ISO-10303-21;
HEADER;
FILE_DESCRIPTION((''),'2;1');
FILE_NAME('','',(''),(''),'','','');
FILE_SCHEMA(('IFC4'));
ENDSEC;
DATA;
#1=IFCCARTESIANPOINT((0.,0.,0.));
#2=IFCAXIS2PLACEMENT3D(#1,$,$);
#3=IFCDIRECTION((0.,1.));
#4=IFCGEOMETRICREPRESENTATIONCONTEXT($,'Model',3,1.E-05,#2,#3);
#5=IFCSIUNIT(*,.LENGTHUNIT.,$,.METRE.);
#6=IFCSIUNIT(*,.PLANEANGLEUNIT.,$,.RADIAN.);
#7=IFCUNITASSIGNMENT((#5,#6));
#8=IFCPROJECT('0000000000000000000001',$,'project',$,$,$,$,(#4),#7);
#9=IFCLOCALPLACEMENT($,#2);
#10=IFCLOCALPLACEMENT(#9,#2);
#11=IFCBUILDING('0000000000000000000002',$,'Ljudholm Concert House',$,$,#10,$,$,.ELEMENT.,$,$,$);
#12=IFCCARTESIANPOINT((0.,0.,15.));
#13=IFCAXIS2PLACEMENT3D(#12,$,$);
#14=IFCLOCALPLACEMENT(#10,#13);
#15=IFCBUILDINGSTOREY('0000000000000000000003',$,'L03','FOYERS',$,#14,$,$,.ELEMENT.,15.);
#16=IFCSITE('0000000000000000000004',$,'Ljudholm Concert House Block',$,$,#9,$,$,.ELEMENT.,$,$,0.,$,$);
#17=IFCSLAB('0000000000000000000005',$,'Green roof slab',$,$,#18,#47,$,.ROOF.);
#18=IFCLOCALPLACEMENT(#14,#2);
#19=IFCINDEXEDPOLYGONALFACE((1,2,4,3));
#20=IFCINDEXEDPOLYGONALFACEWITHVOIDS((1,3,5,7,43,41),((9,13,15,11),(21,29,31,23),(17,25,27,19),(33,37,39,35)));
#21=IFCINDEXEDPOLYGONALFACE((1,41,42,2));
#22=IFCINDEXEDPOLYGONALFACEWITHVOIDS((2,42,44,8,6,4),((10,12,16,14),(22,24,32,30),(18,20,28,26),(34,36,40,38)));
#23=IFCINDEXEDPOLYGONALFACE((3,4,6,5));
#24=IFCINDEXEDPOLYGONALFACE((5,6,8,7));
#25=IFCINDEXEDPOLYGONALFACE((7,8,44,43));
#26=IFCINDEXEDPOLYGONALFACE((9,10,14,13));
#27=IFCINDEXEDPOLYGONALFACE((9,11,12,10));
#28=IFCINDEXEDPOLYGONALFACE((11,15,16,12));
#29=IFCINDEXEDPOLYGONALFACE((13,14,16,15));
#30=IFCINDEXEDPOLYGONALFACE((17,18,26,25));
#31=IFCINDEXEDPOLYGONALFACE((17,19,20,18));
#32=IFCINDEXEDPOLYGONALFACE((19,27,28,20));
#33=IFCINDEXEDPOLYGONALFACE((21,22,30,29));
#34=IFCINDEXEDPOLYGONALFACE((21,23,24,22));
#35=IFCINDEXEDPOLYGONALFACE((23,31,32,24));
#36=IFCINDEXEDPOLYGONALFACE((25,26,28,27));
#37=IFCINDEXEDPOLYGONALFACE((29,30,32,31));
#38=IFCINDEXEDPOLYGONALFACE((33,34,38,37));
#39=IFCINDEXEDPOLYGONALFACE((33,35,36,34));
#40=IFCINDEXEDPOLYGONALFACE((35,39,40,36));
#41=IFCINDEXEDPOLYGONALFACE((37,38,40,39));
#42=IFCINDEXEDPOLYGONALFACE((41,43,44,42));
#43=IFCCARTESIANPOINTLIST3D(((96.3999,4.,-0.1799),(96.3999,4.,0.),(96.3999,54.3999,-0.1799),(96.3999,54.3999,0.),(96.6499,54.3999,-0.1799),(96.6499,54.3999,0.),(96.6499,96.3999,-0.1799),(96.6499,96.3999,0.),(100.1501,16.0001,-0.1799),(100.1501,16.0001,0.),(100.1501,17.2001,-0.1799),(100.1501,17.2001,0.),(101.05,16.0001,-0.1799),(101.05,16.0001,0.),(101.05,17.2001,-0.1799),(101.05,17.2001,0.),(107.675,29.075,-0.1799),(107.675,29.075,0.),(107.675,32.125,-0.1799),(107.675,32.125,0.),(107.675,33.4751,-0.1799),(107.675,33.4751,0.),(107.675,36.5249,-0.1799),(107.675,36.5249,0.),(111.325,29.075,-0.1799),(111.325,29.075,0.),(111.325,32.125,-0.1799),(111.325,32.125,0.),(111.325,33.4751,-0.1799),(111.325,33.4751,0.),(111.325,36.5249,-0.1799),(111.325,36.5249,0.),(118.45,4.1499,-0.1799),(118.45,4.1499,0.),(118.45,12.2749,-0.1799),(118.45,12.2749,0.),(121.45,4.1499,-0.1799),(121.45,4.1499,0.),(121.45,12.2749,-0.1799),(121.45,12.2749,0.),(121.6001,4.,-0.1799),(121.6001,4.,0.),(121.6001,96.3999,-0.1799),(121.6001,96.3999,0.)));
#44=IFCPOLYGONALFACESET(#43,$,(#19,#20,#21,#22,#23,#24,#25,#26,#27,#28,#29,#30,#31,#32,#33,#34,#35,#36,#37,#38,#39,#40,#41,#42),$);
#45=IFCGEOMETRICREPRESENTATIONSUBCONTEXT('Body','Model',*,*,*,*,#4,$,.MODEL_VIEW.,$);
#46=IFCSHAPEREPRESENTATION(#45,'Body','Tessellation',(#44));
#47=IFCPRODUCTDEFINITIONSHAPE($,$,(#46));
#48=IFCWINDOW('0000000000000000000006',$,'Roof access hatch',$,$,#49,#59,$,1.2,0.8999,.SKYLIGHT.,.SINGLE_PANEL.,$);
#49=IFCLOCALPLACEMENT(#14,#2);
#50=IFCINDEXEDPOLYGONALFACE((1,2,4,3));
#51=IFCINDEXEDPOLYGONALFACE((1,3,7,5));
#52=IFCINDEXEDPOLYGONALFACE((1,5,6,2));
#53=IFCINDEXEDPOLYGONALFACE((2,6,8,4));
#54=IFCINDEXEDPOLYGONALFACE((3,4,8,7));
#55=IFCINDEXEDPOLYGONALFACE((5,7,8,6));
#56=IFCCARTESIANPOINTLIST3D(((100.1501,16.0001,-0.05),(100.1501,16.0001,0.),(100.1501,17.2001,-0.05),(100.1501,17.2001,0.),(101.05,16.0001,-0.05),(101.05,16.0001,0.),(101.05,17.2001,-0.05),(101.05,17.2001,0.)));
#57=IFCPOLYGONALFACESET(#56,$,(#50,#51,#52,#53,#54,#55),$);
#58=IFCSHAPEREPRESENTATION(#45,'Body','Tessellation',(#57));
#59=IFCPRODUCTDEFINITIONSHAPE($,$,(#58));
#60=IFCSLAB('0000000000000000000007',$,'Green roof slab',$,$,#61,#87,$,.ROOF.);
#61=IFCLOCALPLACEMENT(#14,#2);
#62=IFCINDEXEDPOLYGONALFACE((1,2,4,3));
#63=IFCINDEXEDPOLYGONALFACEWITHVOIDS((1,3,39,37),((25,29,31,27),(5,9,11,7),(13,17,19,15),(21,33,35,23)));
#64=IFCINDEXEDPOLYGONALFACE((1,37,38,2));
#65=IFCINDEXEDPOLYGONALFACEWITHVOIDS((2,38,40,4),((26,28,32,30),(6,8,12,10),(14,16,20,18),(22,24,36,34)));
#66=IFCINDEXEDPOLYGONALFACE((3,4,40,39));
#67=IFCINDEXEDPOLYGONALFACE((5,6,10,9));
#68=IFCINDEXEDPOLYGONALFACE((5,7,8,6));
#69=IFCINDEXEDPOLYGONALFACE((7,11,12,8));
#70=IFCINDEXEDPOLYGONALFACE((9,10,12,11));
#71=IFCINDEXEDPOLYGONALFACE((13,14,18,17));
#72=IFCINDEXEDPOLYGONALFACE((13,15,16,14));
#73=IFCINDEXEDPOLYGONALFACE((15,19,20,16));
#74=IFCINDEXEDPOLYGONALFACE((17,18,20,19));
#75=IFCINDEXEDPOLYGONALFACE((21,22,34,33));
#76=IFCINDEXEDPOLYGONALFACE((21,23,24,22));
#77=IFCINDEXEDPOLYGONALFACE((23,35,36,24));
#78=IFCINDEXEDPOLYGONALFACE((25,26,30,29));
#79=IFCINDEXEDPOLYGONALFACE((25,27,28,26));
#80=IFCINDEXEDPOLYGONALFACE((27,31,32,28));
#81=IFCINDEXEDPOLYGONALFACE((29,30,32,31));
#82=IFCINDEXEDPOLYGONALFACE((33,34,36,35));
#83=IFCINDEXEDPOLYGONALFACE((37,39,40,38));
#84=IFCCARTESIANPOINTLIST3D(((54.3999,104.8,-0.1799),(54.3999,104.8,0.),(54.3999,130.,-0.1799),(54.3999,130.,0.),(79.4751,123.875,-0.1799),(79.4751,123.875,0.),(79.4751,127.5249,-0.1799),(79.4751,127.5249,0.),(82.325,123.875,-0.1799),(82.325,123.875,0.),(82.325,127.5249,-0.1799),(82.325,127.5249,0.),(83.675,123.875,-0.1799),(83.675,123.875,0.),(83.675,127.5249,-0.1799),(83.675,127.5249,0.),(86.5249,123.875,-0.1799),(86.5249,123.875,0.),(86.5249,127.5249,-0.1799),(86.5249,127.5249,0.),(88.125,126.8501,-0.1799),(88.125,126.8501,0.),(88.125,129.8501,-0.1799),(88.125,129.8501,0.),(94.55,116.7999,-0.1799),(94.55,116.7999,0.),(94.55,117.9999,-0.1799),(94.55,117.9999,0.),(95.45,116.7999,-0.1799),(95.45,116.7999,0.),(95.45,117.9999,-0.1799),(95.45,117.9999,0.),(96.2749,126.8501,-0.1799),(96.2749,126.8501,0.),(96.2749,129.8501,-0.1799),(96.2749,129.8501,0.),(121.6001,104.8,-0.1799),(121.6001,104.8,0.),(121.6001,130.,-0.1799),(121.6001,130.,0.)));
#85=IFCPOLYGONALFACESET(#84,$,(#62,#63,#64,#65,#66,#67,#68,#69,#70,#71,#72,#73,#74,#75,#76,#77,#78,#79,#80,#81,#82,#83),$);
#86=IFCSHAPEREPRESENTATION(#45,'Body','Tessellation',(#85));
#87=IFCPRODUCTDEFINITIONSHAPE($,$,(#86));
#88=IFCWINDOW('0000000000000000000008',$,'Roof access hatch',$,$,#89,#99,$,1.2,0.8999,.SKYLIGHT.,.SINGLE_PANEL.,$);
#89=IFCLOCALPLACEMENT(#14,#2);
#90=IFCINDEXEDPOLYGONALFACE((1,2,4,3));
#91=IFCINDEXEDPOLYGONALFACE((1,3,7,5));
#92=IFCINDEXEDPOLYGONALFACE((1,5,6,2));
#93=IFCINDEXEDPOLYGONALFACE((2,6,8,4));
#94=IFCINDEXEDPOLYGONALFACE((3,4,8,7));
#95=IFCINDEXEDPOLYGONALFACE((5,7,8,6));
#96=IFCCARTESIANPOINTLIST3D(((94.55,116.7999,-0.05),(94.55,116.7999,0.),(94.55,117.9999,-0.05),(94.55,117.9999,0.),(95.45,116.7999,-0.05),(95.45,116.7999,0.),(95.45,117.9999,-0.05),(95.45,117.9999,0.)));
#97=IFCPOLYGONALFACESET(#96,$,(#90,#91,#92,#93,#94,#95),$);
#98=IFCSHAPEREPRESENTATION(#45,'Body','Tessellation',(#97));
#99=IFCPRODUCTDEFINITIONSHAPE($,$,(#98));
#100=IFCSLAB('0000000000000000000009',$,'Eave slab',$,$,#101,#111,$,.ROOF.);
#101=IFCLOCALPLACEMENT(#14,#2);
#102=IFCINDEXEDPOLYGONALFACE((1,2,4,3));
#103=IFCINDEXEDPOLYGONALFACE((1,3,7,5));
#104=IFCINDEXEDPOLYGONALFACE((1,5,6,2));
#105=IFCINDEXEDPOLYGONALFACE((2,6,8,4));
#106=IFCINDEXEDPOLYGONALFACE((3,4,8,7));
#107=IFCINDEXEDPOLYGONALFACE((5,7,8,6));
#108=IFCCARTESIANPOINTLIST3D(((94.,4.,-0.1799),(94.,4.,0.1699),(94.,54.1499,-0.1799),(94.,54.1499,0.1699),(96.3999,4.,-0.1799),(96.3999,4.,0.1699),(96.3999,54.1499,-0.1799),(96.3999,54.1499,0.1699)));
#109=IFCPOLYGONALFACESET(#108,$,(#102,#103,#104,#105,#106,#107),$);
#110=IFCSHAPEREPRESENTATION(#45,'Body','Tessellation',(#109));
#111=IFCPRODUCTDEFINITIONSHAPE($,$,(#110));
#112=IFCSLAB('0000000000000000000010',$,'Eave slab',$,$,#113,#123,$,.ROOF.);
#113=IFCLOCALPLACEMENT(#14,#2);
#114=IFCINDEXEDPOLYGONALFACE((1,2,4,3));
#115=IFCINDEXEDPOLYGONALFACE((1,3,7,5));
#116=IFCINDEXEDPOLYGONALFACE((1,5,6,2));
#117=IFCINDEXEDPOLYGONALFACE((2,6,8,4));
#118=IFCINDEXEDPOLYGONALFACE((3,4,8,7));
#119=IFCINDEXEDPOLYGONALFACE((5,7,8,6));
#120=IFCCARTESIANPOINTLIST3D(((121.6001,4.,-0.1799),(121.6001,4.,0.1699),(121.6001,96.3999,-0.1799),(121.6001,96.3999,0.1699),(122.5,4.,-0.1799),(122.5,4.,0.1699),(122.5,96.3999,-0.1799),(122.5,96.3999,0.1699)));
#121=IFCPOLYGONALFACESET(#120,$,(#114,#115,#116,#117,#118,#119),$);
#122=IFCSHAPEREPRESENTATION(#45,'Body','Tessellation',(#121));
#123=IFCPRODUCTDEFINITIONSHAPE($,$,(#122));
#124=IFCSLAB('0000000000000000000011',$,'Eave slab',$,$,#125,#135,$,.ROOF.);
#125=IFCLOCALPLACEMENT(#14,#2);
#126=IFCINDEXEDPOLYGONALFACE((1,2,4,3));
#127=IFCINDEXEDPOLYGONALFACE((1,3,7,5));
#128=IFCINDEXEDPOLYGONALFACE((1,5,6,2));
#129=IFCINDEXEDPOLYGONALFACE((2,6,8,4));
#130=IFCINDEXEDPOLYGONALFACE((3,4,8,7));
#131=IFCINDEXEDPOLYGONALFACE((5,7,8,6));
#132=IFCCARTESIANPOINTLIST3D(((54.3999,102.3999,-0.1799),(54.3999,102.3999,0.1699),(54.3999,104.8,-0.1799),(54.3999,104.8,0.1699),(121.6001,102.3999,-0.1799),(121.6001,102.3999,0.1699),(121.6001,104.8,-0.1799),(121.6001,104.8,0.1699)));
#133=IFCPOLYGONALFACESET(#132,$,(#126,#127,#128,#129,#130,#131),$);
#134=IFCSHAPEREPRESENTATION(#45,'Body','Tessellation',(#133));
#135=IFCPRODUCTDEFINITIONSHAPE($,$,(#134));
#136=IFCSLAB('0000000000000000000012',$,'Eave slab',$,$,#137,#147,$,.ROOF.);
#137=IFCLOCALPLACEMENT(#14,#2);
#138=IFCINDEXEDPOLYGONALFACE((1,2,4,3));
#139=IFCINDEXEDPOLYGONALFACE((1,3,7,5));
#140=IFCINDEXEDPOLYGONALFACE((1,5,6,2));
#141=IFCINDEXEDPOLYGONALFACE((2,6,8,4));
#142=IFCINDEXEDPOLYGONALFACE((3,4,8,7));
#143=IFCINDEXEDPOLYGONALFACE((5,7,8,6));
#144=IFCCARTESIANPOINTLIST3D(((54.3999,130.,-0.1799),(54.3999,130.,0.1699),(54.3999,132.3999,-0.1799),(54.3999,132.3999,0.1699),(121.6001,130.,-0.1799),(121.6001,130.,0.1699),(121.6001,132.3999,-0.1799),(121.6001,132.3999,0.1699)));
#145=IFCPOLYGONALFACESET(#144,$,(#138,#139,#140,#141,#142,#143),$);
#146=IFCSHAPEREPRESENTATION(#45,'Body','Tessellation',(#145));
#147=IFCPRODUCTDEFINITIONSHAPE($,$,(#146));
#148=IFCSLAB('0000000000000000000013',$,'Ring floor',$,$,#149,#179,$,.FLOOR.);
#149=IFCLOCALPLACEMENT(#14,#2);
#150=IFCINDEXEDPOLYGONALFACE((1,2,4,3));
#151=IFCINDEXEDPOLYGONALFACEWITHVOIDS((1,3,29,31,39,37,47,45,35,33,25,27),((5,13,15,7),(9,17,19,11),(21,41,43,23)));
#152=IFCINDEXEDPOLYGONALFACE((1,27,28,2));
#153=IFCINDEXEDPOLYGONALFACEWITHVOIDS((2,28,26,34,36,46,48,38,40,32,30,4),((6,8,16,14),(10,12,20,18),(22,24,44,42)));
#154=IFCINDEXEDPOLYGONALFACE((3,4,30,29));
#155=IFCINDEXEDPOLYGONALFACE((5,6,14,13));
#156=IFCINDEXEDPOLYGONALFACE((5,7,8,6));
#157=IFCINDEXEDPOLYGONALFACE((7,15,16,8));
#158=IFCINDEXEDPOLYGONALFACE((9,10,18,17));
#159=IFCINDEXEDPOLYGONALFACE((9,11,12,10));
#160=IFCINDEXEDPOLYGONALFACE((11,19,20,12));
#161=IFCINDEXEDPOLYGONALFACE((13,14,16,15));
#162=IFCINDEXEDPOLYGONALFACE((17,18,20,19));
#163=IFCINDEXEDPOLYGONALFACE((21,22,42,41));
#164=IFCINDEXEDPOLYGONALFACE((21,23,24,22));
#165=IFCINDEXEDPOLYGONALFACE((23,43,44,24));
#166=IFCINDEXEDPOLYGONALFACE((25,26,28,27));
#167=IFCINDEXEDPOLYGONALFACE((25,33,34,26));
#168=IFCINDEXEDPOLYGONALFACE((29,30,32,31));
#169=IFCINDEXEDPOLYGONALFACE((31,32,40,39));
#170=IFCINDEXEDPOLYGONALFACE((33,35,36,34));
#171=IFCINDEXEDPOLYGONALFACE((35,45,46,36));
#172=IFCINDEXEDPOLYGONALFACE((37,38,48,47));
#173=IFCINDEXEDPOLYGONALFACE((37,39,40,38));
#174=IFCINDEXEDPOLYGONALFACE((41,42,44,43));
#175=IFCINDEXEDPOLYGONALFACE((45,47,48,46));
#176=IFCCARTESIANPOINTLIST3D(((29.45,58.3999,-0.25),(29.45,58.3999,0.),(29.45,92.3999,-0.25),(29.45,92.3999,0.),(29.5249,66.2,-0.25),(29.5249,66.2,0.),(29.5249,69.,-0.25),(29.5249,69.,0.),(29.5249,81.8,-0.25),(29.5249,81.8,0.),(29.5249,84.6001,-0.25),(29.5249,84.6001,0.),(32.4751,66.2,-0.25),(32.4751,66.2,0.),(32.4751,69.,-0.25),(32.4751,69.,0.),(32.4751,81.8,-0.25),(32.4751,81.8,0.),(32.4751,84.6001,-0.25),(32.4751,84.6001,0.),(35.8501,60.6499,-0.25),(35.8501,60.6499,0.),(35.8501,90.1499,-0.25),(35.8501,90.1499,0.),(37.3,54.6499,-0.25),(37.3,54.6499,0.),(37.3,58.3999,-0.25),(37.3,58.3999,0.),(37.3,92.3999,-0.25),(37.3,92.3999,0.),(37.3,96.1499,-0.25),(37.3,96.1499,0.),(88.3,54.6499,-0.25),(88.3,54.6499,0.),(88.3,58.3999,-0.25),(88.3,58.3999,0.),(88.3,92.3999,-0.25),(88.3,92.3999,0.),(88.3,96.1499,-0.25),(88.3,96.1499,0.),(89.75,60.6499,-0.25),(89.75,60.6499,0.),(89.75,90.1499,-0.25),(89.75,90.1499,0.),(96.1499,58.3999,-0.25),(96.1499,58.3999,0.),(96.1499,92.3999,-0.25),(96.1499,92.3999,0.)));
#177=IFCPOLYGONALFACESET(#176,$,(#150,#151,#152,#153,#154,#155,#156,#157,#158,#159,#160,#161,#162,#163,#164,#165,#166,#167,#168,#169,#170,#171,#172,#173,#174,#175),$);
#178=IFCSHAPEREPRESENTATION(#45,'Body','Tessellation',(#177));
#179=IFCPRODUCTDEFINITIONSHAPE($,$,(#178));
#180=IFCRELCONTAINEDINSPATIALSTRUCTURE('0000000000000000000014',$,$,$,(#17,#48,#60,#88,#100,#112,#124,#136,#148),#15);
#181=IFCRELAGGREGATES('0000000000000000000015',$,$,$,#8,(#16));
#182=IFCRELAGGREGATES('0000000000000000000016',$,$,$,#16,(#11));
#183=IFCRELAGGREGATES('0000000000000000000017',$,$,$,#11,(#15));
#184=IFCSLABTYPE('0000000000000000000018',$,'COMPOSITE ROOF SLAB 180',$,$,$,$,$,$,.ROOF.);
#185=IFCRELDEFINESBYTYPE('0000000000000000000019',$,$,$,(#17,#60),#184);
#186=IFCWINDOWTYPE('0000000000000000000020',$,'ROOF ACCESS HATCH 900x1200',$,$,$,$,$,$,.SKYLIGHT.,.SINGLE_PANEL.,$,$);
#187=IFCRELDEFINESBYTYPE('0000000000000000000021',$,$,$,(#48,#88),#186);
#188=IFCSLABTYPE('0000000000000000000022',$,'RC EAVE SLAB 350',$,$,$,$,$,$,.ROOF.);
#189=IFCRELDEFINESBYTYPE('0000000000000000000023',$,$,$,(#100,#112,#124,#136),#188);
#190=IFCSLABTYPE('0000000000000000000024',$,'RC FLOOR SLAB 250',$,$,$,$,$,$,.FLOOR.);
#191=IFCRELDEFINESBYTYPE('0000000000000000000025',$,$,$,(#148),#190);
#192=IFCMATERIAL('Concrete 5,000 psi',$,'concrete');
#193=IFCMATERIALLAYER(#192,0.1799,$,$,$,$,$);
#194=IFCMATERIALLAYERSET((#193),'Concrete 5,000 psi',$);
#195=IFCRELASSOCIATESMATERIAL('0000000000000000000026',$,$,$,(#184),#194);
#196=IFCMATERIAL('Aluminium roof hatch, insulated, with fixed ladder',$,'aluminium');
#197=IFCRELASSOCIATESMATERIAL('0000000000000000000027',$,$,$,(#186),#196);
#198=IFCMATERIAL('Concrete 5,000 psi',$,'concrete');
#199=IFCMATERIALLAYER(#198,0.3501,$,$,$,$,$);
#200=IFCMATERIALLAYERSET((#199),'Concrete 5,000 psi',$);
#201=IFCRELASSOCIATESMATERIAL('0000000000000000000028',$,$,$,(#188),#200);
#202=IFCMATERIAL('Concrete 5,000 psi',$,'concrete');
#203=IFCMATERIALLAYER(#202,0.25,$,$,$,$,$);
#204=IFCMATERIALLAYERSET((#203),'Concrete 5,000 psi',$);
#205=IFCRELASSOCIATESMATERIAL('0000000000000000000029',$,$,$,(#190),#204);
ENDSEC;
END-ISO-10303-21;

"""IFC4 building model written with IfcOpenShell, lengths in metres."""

from ifc_helpers import new_model, si_unit, direction, frame, origin, origin_2d, place, context, subcontext, project, spatial, polyline, rectangle, outline, extrude, material, layer, layer_set, type_object, element, fill, save


model = new_model("IFC4")

# Units and contexts
model_context = context("Model", 3, precision=1e-05, world=origin(), true_north=direction((0.0, 1.0)))
body_context = subcontext(model_context, "Body", "Model", "MODEL_VIEW")
ifc_project = project(units=[si_unit("LENGTHUNIT", "METRE"), si_unit("PLANEANGLEUNIT", "RADIAN")], contexts=[model_context])

# Site, building, storey
site_placement = place(None, origin())
site = spatial("IfcSite", under=ifc_project, at=site_placement, Name="Ljudholm Concert House Block", CompositionType="ELEMENT", RefElevation=0.0)
building_placement = place(site_placement, origin())
building = spatial("IfcBuilding", under=site, at=building_placement, Name="Ljudholm Concert House", CompositionType="ELEMENT")
storey_placement = place(building_placement, frame((0.0, 0.0, 15.0)))
storey = spatial("IfcBuildingStorey", under=building, at=storey_placement, Name="L03", Description="FOYERS", CompositionType="ELEMENT", Elevation=15.0)

# Slabs, openings, windows
ifc_material_1 = material(Name="Concrete 5,000 psi", Category="concrete")
ifc_layer_1 = layer(ifc_material_1, 0.1799)
ifc_layer_set_1 = layer_set([ifc_layer_1], Name="Concrete 5,000 psi")
slab_type_1 = type_object("IfcSlabType", Name="COMPOSITE ROOF SLAB 180", PredefinedType="ROOF", material=ifc_layer_set_1)
slab_1_placement = place(storey_placement, frame((0.0, 0.0, -0.1799)))
slab_1 = element("IfcSlab", 1, at=slab_1_placement, inside=storey, type_object=slab_type_1, Name="Green roof slab", PredefinedType="ROOF", context=body_context, shape_type="SweptSolid", body=[
    extrude(outline(polyline([(96.3999, 54.3999), (96.6499, 54.3999), (96.6499, 96.3999), (121.6001, 96.3999), (121.6001, 4.0), (96.3999, 4.0), (96.3999, 54.3999)]), holes=[polyline([(118.45, 4.1499), (121.45, 4.1499), (121.45, 12.2749), (118.45, 12.2749), (118.45, 4.1499)]), polyline([(107.675, 32.125), (107.675, 29.075), (111.325, 29.075), (111.325, 32.125), (107.675, 32.125)]), polyline([(107.675, 36.5249), (107.675, 33.4751), (111.325, 33.4751), (111.325, 36.5249), (107.675, 36.5249)])]), origin(), (0.0, 0.0, 1.0), 0.1799),
])
opening_1_placement = place(slab_1_placement, frame((100.6001, 16.6001, 0.0)))
opening_1 = element("IfcOpeningElement", 2, at=opening_1_placement, cuts=slab_1, PredefinedType="OPENING", context=body_context, shape_type="SweptSolid", body=[
    extrude(rectangle(XDim=0.8999, YDim=1.2, at=origin_2d()), frame((0.0, 0.0, -0.01)), (0.0, 0.0, 1.0), 0.2),
])
ifc_material_2 = material(Name="Aluminium roof hatch, insulated, with fixed ladder", Category="aluminium")
window_type = type_object("IfcWindowType", Name="ROOF ACCESS HATCH 900x1200", PartitioningType="SINGLE_PANEL", PredefinedType="SKYLIGHT", material=ifc_material_2)
window_1_placement = place(opening_1_placement, frame((0.0, 0.0, 0.1299)))
window_1 = element("IfcWindow", 3, at=window_1_placement, inside=storey, type_object=window_type, Name="Roof access hatch", OverallHeight=1.2, OverallWidth=0.8999, PartitioningType="SINGLE_PANEL", PredefinedType="SKYLIGHT", context=body_context, shape_type="SweptSolid", body=[
    extrude(rectangle(XDim=0.8999, YDim=1.2, at=origin_2d()), origin(), (0.0, 0.0, 1.0), 0.05),
])
fill(opening_1, window_1)
slab_2_placement = place(storey_placement, frame((0.0, 0.0, -0.1799)))
slab_2 = element("IfcSlab", 4, at=slab_2_placement, inside=storey, type_object=slab_type_1, Name="Green roof slab", PredefinedType="ROOF", context=body_context, shape_type="SweptSolid", body=[
    extrude(outline(polyline([(54.3999, 130.0), (121.6001, 130.0), (121.6001, 104.8), (54.3999, 104.8), (54.3999, 130.0)]), holes=[polyline([(79.4751, 123.875), (82.325, 123.875), (82.325, 127.5249), (79.4751, 127.5249), (79.4751, 123.875)]), polyline([(83.675, 127.5249), (83.675, 123.875), (86.5249, 123.875), (86.5249, 127.5249), (83.675, 127.5249)]), polyline([(88.125, 129.8501), (88.125, 126.8501), (96.2749, 126.8501), (96.2749, 129.8501), (88.125, 129.8501)])]), origin(), (0.0, 0.0, 1.0), 0.1799),
])
opening_2_placement = place(slab_2_placement, frame((95.0, 117.3999, 0.0)))
opening_2 = element("IfcOpeningElement", 5, at=opening_2_placement, cuts=slab_2, PredefinedType="OPENING", context=body_context, shape_type="SweptSolid", body=[
    extrude(rectangle(XDim=0.8999, YDim=1.2, at=origin_2d()), frame((0.0, 0.0, -0.01)), (0.0, 0.0, 1.0), 0.2),
])
window_2_placement = place(opening_2_placement, frame((0.0, 0.0, 0.1299)))
window_2 = element("IfcWindow", 6, at=window_2_placement, inside=storey, type_object=window_type, Name="Roof access hatch", OverallHeight=1.2, OverallWidth=0.8999, PartitioningType="SINGLE_PANEL", PredefinedType="SKYLIGHT", context=body_context, shape_type="SweptSolid", body=[
    extrude(rectangle(XDim=0.8999, YDim=1.2, at=origin_2d()), origin(), (0.0, 0.0, 1.0), 0.05),
])
fill(opening_2, window_2)

# Slabs
ifc_material_3 = material(Name="Concrete 5,000 psi", Category="concrete")
ifc_layer_2 = layer(ifc_material_3, 0.3501)
ifc_layer_set_2 = layer_set([ifc_layer_2], Name="Concrete 5,000 psi")
slab_type_2 = type_object("IfcSlabType", Name="RC EAVE SLAB 350", PredefinedType="ROOF", material=ifc_layer_set_2)
slab_3_placement = place(storey_placement, frame((0.0, 0.0, -0.1799)))
element("IfcSlab", 7, at=slab_3_placement, inside=storey, type_object=slab_type_2, Name="Eave slab", PredefinedType="ROOF", context=body_context, shape_type="SweptSolid", body=[
    extrude(outline(polyline([(94.0, 4.0), (96.3999, 4.0), (96.3999, 54.1499), (94.0, 54.1499), (94.0, 4.0)])), origin(), (0.0, 0.0, 1.0), 0.3499),
])
slab_4_placement = place(storey_placement, frame((0.0, 0.0, -0.1799)))
element("IfcSlab", 8, at=slab_4_placement, inside=storey, type_object=slab_type_2, Name="Eave slab", PredefinedType="ROOF", context=body_context, shape_type="SweptSolid", body=[
    extrude(outline(polyline([(121.6001, 4.0), (122.5, 4.0), (122.5, 96.3999), (121.6001, 96.3999), (121.6001, 4.0)])), origin(), (0.0, 0.0, 1.0), 0.3499),
])
slab_5_placement = place(storey_placement, frame((0.0, 0.0, -0.1799)))
element("IfcSlab", 9, at=slab_5_placement, inside=storey, type_object=slab_type_2, Name="Eave slab", PredefinedType="ROOF", context=body_context, shape_type="SweptSolid", body=[
    extrude(outline(polyline([(54.3999, 102.3999), (121.6001, 102.3999), (121.6001, 104.8), (54.3999, 104.8), (54.3999, 102.3999)])), origin(), (0.0, 0.0, 1.0), 0.3499),
])
slab_6_placement = place(storey_placement, frame((0.0, 0.0, -0.1799)))
element("IfcSlab", 10, at=slab_6_placement, inside=storey, type_object=slab_type_2, Name="Eave slab", PredefinedType="ROOF", context=body_context, shape_type="SweptSolid", body=[
    extrude(outline(polyline([(54.3999, 130.0), (121.6001, 130.0), (121.6001, 132.3999), (54.3999, 132.3999), (54.3999, 130.0)])), origin(), (0.0, 0.0, 1.0), 0.3499),
])
ifc_material_4 = material(Name="Concrete 5,000 psi", Category="concrete")
ifc_layer_3 = layer(ifc_material_4, 0.25)
ifc_layer_set_3 = layer_set([ifc_layer_3], Name="Concrete 5,000 psi")
slab_type_3 = type_object("IfcSlabType", Name="RC FLOOR SLAB 250", PredefinedType="FLOOR", material=ifc_layer_set_3)
slab_7_placement = place(storey_placement, frame((0.0, 0.0, -0.25)))
element("IfcSlab", 11, at=slab_7_placement, inside=storey, type_object=slab_type_3, Name="Ring floor", PredefinedType="FLOOR", context=body_context, shape_type="SweptSolid", body=[
    extrude(outline(polyline([(96.1499, 58.3999), (88.3, 58.3999), (88.3, 54.6499), (37.3, 54.6499), (37.3, 58.3999), (29.45, 58.3999), (29.45, 92.3999), (37.3, 92.3999), (37.3, 96.1499), (88.3, 96.1499), (88.3, 92.3999), (96.1499, 92.3999), (96.1499, 58.3999)]), holes=[polyline([(29.5249, 69.0), (29.5249, 66.2), (32.4751, 66.2), (32.4751, 69.0), (29.5249, 69.0)]), polyline([(35.8501, 90.1499), (35.8501, 60.6499), (89.75, 60.6499), (89.75, 90.1499), (35.8501, 90.1499)]), polyline([(29.5249, 84.6001), (29.5249, 81.8), (32.4751, 81.8), (32.4751, 84.6001), (29.5249, 84.6001)])]), origin(), (0.0, 0.0, 1.0), 0.25),
])

save(model, "model.ifc")
